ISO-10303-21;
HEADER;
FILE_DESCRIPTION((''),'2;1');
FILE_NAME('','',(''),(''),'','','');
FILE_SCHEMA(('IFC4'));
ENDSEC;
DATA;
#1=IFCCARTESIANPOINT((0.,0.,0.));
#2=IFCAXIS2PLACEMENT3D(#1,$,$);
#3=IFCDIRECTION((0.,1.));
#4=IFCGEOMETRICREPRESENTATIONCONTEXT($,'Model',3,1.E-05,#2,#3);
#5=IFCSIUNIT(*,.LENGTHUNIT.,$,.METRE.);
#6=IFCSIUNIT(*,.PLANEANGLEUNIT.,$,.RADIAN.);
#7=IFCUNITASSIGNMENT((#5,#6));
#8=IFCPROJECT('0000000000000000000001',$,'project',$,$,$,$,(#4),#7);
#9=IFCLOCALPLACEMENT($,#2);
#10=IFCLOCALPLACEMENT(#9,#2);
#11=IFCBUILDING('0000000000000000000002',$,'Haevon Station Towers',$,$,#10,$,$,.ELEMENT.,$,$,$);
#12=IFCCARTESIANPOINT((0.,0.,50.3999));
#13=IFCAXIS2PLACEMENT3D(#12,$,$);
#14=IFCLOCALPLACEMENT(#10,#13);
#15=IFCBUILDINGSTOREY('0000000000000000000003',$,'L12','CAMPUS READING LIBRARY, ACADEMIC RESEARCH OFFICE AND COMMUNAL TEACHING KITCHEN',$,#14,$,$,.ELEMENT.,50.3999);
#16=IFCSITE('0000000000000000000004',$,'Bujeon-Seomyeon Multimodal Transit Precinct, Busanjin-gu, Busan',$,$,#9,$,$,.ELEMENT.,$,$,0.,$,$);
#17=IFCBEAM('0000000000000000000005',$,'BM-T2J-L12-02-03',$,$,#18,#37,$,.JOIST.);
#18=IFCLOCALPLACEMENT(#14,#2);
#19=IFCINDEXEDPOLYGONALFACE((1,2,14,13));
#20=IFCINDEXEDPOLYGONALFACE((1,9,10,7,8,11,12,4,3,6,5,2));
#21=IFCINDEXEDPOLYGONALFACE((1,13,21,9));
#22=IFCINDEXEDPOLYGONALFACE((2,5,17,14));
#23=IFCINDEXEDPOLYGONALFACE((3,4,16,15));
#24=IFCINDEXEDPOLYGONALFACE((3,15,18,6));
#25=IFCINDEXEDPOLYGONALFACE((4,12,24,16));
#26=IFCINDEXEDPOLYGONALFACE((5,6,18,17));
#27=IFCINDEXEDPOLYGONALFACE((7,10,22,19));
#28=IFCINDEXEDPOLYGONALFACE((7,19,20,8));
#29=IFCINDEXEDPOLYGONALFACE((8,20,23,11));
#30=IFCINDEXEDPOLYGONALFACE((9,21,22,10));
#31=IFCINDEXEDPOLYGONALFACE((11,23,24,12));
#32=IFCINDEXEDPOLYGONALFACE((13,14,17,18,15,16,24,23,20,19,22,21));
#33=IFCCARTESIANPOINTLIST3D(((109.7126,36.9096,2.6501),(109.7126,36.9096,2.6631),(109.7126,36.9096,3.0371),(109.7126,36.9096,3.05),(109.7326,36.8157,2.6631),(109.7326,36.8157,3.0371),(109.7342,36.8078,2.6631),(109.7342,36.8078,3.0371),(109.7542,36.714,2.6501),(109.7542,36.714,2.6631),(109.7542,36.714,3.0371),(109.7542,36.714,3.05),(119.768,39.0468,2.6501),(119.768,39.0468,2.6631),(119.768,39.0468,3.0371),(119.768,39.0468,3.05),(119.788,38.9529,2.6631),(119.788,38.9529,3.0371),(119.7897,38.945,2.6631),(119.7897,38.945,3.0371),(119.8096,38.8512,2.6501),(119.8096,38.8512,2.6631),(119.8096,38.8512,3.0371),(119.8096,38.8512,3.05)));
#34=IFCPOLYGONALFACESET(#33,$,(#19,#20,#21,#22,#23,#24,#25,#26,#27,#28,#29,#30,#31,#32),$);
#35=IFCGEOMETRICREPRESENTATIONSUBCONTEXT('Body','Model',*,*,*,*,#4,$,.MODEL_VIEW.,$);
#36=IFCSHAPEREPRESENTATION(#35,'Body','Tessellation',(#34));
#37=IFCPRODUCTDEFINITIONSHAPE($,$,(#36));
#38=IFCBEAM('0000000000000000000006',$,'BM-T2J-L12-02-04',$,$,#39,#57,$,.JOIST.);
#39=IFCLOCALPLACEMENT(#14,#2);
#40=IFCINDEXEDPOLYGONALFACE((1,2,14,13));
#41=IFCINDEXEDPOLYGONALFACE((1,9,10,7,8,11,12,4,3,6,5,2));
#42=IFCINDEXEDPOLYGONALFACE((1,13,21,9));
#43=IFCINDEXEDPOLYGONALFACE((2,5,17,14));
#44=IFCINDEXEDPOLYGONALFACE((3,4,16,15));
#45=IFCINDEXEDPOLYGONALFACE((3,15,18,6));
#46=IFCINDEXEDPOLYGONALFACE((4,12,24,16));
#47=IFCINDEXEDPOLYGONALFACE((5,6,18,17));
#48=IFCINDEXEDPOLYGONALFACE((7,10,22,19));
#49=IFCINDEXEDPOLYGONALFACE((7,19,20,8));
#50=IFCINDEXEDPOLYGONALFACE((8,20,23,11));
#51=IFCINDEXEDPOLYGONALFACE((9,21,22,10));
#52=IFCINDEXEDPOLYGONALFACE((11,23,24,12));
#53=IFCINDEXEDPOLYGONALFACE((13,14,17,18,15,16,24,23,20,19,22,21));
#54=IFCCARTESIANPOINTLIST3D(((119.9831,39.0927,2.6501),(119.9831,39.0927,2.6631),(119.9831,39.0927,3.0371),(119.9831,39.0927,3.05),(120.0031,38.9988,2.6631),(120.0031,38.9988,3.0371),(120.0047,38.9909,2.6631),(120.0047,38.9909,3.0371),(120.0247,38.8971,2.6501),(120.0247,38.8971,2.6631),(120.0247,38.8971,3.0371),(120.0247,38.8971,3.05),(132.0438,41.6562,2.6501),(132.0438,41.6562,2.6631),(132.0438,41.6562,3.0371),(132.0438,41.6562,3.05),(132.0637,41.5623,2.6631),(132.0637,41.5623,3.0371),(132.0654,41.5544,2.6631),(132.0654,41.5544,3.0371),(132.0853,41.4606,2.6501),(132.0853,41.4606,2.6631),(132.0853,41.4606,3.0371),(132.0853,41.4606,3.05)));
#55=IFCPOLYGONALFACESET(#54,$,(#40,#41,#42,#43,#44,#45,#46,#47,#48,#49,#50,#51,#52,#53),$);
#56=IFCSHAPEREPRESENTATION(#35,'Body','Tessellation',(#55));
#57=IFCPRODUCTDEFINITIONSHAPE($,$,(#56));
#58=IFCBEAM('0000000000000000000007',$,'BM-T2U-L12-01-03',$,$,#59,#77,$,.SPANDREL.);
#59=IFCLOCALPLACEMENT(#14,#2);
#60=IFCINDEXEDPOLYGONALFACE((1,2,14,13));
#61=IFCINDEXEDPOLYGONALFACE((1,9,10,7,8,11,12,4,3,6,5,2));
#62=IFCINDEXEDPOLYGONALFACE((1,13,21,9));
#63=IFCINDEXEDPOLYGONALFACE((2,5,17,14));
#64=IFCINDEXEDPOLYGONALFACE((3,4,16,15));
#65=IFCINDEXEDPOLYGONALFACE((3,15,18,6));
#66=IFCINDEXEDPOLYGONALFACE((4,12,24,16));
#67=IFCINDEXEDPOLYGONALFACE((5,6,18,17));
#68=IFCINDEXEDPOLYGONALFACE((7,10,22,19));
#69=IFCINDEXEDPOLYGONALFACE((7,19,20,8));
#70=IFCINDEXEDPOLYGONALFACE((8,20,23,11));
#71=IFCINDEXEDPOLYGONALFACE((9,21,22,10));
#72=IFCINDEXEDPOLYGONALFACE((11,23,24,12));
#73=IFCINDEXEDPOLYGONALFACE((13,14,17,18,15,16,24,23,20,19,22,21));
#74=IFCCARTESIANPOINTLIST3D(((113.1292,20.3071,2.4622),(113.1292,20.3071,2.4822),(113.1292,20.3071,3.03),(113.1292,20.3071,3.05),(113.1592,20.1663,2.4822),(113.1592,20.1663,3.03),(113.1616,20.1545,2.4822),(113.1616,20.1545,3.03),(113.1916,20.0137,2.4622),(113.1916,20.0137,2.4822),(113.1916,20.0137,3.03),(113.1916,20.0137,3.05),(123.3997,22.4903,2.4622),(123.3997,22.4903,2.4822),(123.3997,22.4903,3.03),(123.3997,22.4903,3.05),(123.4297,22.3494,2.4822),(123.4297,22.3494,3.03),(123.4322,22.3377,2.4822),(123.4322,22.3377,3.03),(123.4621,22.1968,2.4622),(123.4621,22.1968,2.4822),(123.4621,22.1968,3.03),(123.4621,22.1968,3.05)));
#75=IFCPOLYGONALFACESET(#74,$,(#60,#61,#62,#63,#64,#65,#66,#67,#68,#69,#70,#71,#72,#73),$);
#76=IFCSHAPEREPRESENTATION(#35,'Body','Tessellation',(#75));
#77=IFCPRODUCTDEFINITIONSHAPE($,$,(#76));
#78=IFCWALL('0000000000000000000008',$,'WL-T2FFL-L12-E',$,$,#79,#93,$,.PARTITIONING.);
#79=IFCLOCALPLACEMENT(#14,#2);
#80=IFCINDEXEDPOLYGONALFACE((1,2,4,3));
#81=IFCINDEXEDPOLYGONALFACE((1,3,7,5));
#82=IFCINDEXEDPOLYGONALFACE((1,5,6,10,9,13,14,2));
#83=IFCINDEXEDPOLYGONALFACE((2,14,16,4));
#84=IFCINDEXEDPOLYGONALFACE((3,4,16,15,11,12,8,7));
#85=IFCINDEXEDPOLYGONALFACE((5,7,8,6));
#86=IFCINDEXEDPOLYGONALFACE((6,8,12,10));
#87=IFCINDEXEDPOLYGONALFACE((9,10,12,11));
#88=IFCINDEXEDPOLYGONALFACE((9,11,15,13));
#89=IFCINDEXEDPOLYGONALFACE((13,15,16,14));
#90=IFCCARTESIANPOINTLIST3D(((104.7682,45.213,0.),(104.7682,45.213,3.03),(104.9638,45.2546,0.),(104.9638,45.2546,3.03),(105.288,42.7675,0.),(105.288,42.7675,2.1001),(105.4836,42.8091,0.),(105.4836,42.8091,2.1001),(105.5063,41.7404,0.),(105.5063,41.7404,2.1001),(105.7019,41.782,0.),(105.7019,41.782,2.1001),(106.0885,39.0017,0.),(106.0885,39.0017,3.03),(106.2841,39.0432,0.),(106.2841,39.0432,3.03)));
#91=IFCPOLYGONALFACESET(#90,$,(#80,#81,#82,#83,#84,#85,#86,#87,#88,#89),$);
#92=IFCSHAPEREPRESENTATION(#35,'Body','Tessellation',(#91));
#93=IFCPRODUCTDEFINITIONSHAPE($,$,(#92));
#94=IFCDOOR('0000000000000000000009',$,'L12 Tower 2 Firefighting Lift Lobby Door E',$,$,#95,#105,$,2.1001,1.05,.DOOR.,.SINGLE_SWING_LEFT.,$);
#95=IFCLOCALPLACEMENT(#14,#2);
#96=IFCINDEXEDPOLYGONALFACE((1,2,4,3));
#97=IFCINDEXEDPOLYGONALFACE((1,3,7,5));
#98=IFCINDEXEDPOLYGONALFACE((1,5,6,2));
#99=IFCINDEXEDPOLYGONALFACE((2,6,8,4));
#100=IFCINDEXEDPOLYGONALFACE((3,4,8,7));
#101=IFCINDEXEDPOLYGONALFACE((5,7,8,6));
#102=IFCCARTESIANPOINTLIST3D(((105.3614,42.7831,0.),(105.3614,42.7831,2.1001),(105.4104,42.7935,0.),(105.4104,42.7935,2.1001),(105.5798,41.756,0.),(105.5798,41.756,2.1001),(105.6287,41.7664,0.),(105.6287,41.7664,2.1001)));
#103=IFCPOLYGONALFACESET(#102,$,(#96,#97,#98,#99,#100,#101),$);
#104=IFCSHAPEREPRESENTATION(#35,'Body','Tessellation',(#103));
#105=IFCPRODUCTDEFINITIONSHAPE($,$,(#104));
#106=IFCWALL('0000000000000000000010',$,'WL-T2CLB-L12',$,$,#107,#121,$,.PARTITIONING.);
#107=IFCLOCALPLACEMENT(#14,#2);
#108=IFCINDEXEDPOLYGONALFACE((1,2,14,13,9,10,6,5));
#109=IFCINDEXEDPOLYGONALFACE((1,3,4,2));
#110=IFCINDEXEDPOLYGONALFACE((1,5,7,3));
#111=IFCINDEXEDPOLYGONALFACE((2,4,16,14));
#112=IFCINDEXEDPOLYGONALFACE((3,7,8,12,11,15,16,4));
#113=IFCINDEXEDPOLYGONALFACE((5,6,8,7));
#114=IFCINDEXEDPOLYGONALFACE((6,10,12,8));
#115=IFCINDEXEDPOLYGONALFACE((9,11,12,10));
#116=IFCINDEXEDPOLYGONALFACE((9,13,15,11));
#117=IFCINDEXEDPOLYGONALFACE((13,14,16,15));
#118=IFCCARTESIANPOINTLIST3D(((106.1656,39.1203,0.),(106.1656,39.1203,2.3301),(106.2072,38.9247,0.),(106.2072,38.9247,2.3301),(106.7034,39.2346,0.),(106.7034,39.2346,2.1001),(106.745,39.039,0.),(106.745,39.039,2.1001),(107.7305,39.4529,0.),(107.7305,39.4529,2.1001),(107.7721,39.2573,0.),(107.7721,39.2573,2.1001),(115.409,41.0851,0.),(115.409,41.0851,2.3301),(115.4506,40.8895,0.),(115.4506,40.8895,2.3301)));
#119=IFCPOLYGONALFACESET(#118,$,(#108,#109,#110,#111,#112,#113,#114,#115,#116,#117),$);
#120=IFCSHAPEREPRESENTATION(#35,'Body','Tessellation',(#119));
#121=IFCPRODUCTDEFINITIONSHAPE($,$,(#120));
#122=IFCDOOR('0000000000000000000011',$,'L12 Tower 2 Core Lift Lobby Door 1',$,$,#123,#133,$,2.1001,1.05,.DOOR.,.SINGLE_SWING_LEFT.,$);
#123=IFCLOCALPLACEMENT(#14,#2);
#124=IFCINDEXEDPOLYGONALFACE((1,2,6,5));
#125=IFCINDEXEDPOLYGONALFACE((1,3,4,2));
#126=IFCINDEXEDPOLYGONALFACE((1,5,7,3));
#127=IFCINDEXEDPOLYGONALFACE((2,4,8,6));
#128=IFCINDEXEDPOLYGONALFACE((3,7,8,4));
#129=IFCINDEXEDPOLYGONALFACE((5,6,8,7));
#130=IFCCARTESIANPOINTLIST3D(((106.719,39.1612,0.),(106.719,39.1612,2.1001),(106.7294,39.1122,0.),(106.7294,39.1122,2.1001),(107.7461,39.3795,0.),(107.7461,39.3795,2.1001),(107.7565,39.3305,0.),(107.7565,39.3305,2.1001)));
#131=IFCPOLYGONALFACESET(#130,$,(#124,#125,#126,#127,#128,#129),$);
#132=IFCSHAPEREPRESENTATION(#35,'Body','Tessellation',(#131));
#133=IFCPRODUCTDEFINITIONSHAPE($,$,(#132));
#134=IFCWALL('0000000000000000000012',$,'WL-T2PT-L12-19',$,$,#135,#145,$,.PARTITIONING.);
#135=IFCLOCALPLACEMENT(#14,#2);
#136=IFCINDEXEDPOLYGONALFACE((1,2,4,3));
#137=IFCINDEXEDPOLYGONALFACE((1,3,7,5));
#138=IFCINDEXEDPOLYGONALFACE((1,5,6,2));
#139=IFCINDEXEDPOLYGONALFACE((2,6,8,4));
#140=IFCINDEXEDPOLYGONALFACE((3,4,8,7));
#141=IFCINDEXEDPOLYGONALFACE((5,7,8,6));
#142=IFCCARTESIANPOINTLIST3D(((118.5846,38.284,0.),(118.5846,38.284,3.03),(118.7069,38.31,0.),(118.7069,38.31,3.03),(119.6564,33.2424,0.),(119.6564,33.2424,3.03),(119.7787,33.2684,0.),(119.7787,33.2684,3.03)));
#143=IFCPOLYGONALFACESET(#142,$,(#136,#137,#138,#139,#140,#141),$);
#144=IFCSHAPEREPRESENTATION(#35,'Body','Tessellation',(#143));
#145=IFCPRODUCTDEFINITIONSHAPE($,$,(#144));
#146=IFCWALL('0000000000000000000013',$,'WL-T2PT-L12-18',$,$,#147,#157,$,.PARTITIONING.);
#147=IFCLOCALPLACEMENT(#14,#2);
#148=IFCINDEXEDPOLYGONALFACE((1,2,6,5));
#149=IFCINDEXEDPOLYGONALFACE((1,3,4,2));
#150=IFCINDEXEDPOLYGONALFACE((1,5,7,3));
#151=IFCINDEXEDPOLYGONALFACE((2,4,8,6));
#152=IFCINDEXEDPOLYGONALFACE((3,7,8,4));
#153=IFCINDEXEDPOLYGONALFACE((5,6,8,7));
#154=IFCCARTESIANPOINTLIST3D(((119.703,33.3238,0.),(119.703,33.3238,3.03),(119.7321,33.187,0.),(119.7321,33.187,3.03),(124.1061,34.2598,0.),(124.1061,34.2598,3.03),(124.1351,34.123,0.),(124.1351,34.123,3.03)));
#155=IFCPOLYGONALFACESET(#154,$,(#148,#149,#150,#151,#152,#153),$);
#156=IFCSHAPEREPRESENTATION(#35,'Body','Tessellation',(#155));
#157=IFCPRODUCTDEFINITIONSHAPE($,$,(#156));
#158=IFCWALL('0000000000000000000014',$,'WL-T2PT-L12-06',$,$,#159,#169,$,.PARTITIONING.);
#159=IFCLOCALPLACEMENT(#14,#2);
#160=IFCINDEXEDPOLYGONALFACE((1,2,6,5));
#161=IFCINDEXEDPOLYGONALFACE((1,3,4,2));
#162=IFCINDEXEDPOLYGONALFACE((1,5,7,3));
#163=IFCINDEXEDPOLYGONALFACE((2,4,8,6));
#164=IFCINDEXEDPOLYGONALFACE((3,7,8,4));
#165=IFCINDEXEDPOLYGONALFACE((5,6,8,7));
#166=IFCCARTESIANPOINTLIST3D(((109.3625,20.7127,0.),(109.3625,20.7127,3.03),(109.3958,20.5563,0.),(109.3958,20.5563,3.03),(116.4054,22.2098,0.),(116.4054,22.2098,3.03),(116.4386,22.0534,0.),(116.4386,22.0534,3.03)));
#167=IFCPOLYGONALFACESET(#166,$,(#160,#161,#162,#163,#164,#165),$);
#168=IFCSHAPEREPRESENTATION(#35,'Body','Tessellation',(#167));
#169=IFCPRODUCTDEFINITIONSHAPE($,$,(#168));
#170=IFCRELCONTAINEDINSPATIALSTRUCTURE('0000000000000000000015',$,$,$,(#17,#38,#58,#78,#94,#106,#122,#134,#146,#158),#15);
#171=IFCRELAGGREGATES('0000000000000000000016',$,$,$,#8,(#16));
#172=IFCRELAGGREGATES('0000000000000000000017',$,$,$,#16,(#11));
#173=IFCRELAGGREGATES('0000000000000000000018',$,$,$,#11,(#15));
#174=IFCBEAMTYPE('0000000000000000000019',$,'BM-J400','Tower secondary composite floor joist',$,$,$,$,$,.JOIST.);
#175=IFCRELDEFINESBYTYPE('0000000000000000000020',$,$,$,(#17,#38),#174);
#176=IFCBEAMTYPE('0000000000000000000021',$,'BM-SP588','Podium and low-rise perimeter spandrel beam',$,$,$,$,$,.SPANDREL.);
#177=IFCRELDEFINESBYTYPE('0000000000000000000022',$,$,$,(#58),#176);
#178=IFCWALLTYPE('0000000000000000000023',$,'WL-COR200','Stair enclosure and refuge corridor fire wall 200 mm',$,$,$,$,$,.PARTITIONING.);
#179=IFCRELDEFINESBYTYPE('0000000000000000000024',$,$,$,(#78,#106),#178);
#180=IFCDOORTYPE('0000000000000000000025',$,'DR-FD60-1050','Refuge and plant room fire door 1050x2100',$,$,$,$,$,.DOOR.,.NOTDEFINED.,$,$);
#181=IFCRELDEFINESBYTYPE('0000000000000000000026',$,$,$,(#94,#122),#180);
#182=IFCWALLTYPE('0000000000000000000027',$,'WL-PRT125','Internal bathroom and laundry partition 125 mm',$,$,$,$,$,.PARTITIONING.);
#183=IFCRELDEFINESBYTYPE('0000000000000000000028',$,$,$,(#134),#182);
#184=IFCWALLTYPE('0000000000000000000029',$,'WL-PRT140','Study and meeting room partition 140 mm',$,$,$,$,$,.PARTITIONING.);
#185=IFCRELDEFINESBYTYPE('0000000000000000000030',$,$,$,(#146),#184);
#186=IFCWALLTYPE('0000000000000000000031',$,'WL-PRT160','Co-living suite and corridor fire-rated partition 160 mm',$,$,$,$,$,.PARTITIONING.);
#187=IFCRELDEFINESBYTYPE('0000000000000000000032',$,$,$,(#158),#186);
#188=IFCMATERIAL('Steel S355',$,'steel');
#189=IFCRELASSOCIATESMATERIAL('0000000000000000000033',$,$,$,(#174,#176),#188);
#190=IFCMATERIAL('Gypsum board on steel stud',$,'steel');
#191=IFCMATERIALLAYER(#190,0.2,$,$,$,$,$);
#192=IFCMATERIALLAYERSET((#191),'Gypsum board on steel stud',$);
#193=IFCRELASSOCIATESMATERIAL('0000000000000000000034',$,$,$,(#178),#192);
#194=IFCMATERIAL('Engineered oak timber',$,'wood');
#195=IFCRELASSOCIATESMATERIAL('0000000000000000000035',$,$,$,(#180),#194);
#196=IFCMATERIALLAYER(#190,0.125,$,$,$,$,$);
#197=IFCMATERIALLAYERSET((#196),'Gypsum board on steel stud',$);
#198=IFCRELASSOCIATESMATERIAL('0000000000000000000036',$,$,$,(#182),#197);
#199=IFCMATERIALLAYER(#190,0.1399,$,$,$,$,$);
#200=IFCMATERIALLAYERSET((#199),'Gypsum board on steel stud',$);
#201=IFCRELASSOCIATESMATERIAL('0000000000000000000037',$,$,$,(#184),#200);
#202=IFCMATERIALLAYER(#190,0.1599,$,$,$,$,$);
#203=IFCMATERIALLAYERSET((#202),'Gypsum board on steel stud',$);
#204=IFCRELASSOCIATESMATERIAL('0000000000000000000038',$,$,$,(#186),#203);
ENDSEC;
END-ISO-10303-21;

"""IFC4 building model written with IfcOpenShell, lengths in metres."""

from ifc_helpers import new_model, si_unit, direction, frame, frame_2d, origin, origin_2d, place, context, subcontext, project, spatial, rectangle, i_section, extrude, material, layer, layer_set, material_profile, profile_set, type_object, element, fill, save


model = new_model("IFC4")

# Units and contexts
model_context = context("Model", 3, precision=1e-05, world=origin(), true_north=direction((0.0, 1.0)))
body_context = subcontext(model_context, "Body", "Model", "MODEL_VIEW")
ifc_project = project(units=[si_unit("LENGTHUNIT", "METRE"), si_unit("PLANEANGLEUNIT", "RADIAN")], contexts=[model_context])

# Site, building, storey
site_placement = place(None, origin())
site = spatial("IfcSite", under=ifc_project, at=site_placement, Name="Bujeon-Seomyeon Multimodal Transit Precinct, Busanjin-gu, Busan", CompositionType="ELEMENT", RefElevation=0.0)
building_placement = place(site_placement, origin())
building = spatial("IfcBuilding", under=site, at=building_placement, Name="Haevon Station Towers", CompositionType="ELEMENT")
storey_placement = place(building_placement, frame((0.0, 0.0, 50.3999)))
storey = spatial("IfcBuildingStorey", under=building, at=storey_placement, Name="L12", Description="CAMPUS READING LIBRARY, ACADEMIC RESEARCH OFFICE AND COMMUNAL TEACHING KITCHEN", CompositionType="ELEMENT", Elevation=50.3999)

# Beams
ifc_material_1 = material(Name="Steel S355", Category="steel")
ifc_material_profile_1 = material_profile(ifc_material_1, i_section(OverallWidth=0.2, OverallDepth=0.3999, WebThickness=0.0081, FlangeThickness=0.0129, at=origin_2d()), Name="H-400x200x8x13")
ifc_profile_set_1 = profile_set([ifc_material_profile_1], Name="Steel S355")
beam_type_1 = type_object("IfcBeamType", Name="BM-J400", Description="Tower secondary composite floor joist", PredefinedType="JOIST", material=ifc_profile_set_1)
beam_1_placement = place(storey_placement, frame((109.7334, 36.8118, 2.8501), z_axis=(0.97815, 0.207899, 0.0), x_axis=(-0.207899, 0.97815, 0.0)))
element("IfcBeam", 1, at=beam_1_placement, inside=storey, type_object=beam_type_1, Name="BM-T2J-L12-02-03", PredefinedType="JOIST", context=body_context, shape_type="SweptSolid", body=[
    extrude(i_section(OverallWidth=0.2, OverallDepth=0.3999, WebThickness=0.0081, FlangeThickness=0.0129, at=origin_2d()), origin(), (0.0, 0.0, 1.0), 10.28),
])
beam_2_placement = place(storey_placement, frame((120.0039, 38.9949, 2.8501), z_axis=(0.978149, 0.207906, 0.0), x_axis=(-0.207906, 0.978149, 0.0)))
element("IfcBeam", 2, at=beam_2_placement, inside=storey, type_object=beam_type_1, Name="BM-T2J-L12-02-04", PredefinedType="JOIST", context=body_context, shape_type="SweptSolid", body=[
    extrude(i_section(OverallWidth=0.2, OverallDepth=0.3999, WebThickness=0.0081, FlangeThickness=0.0129, at=origin_2d()), origin(), (0.0, 0.0, 1.0), 12.3301),
])
ifc_material_profile_2 = material_profile(ifc_material_1, i_section(OverallWidth=0.3, OverallDepth=0.5879, WebThickness=0.012, FlangeThickness=0.02, at=origin_2d()), Name="H-588x300x12x20")
ifc_profile_set_2 = profile_set([ifc_material_profile_2], Name="Steel S355")
beam_type_2 = type_object("IfcBeamType", Name="BM-SP588", Description="Podium and low-rise perimeter spandrel beam", PredefinedType="SPANDREL", material=ifc_profile_set_2)
beam_3_placement = place(storey_placement, frame((113.1604, 20.1604, 2.7561), z_axis=(0.978147, 0.207915, 0.0), x_axis=(-0.207915, 0.978147, 0.0)))
element("IfcBeam", 3, at=beam_3_placement, inside=storey, type_object=beam_type_2, Name="BM-T2U-L12-01-03", PredefinedType="SPANDREL", context=body_context, shape_type="SweptSolid", body=[
    extrude(i_section(OverallWidth=0.3, OverallDepth=0.5879, WebThickness=0.012, FlangeThickness=0.02, at=origin_2d()), origin(), (0.0, 0.0, 1.0), 10.5),
])

# Walls, openings, doors
ifc_material_2 = material(Name="Gypsum board on steel stud", Category="steel")
ifc_layer_1 = layer(ifc_material_2, 0.2)
ifc_layer_set_1 = layer_set([ifc_layer_1], Name="Gypsum board on steel stud")
wall_type_1 = type_object("IfcWallType", Name="WL-COR200", Description="Stair enclosure and refuge corridor fire wall 200 mm", PredefinedType="PARTITIONING", material=ifc_layer_set_1)
wall_1_placement = place(storey_placement, frame((106.1863, 39.0225, 0.0), z_axis=(0.0, 0.0, 1.0), x_axis=(-0.207917, 0.978147, 0.0)))
wall_1 = element("IfcWall", 4, at=wall_1_placement, inside=storey, type_object=wall_type_1, Name="WL-T2FFL-L12-E", PredefinedType="PARTITIONING", context=body_context, shape_type="SweptSolid", body=[
    extrude(rectangle(XDim=6.3501, YDim=0.2, at=frame_2d((3.175, 0.0))), origin(), (0.0, 0.0, 1.0), 3.03),
])
opening_1_placement = place(wall_1_placement, frame((2.8, 0.0, 0.0)))
opening_1 = element("IfcOpeningElement", 5, at=opening_1_placement, cuts=wall_1, PredefinedType="OPENING", context=body_context, shape_type="SweptSolid", body=[
    extrude(rectangle(XDim=1.05, YDim=2.1001, at=frame_2d((0.5249, 1.05))), frame((0.0, 0.1099, 0.0), z_axis=(0.0, -1.0, 0.0), x_axis=(1.0, 0.0, 0.0)), (0.0, 0.0, 1.0), 0.22),
])
ifc_material_3 = material(Name="Engineered oak timber", Category="wood")
door_type = type_object("IfcDoorType", Name="DR-FD60-1050", Description="Refuge and plant room fire door 1050x2100", OperationType="NOTDEFINED", PredefinedType="DOOR", material=ifc_material_3)
door_1_placement = place(opening_1_placement, origin())
door_1 = element("IfcDoor", 6, at=door_1_placement, inside=storey, type_object=door_type, Name="L12 Tower 2 Firefighting Lift Lobby Door E", OperationType="SINGLE_SWING_LEFT", OverallHeight=2.1001, OverallWidth=1.05, PredefinedType="DOOR", context=body_context, shape_type="SweptSolid", body=[
    extrude(rectangle(XDim=1.05, YDim=2.1001, at=frame_2d((0.5249, 1.05))), frame((0.0, 0.0249, 0.0), z_axis=(0.0, -1.0, 0.0), x_axis=(1.0, 0.0, 0.0)), (0.0, 0.0, 1.0), 0.05),
])
fill(opening_1, door_1)
wall_2_placement = place(storey_placement, frame((106.1863, 39.0225, 0.0), z_axis=(0.0, 0.0, 1.0), x_axis=(0.978146, 0.207921, 0.0)))
wall_2 = element("IfcWall", 7, at=wall_2_placement, inside=storey, type_object=wall_type_1, Name="WL-T2CLB-L12", PredefinedType="PARTITIONING", context=body_context, shape_type="SweptSolid", body=[
    extrude(rectangle(XDim=9.45, YDim=0.2, at=frame_2d((4.7251, 0.0))), origin(), (0.0, 0.0, 1.0), 2.3301),
])
opening_2_placement = place(wall_2_placement, frame((0.55, 0.0, 0.0)))
opening_2 = element("IfcOpeningElement", 8, at=opening_2_placement, cuts=wall_2, PredefinedType="OPENING", context=body_context, shape_type="SweptSolid", body=[
    extrude(rectangle(XDim=1.05, YDim=2.1001, at=frame_2d((0.5249, 1.05))), frame((0.0, 0.1099, 0.0), z_axis=(0.0, -1.0, 0.0), x_axis=(1.0, 0.0, 0.0)), (0.0, 0.0, 1.0), 0.22),
])
door_2_placement = place(opening_2_placement, origin())
door_2 = element("IfcDoor", 9, at=door_2_placement, inside=storey, type_object=door_type, Name="L12 Tower 2 Core Lift Lobby Door 1", OperationType="SINGLE_SWING_LEFT", OverallHeight=2.1001, OverallWidth=1.05, PredefinedType="DOOR", context=body_context, shape_type="SweptSolid", body=[
    extrude(rectangle(XDim=1.05, YDim=2.1001, at=frame_2d((0.5249, 1.05))), frame((0.0, 0.0249, 0.0), z_axis=(0.0, -1.0, 0.0), x_axis=(1.0, 0.0, 0.0)), (0.0, 0.0, 1.0), 0.05),
])
fill(opening_2, door_2)

# Walls
ifc_layer_2 = layer(ifc_material_2, 0.125)
ifc_layer_set_2 = layer_set([ifc_layer_2], Name="Gypsum board on steel stud")
wall_type_2 = type_object("IfcWallType", Name="WL-PRT125", Description="Internal bathroom and laundry partition 125 mm", PredefinedType="PARTITIONING", material=ifc_layer_set_2)
wall_3_placement = place(storey_placement, frame((119.7175, 33.2554, 0.0), z_axis=(0.0, 0.0, 1.0), x_axis=(-0.207934, 0.978143, 0.0)))
element("IfcWall", 10, at=wall_3_placement, inside=storey, type_object=wall_type_2, Name="WL-T2PT-L12-19", PredefinedType="PARTITIONING", context=body_context, shape_type="SweptSolid", body=[
    extrude(rectangle(XDim=5.1543, YDim=0.125, at=frame_2d((2.5771, 0.0))), origin(), (0.0, 0.0, 1.0), 3.03),
])
ifc_layer_3 = layer(ifc_material_2, 0.1399)
ifc_layer_set_3 = layer_set([ifc_layer_3], Name="Gypsum board on steel stud")
wall_type_3 = type_object("IfcWallType", Name="WL-PRT140", Description="Study and meeting room partition 140 mm", PredefinedType="PARTITIONING", material=ifc_layer_set_3)
wall_4_placement = place(storey_placement, frame((119.7175, 33.2554, 0.0), z_axis=(0.0, 0.0, 1.0), x_axis=(0.978142, 0.20794, 0.0)))
element("IfcWall", 11, at=wall_4_placement, inside=storey, type_object=wall_type_3, Name="WL-T2PT-L12-18", PredefinedType="PARTITIONING", context=body_context, shape_type="SweptSolid", body=[
    extrude(rectangle(XDim=4.5015, YDim=0.1399, at=frame_2d((2.2507, 0.0))), origin(), (0.0, 0.0, 1.0), 3.03),
])
ifc_layer_4 = layer(ifc_material_2, 0.1599)
ifc_layer_set_4 = layer_set([ifc_layer_4], Name="Gypsum board on steel stud")
wall_type_4 = type_object("IfcWallType", Name="WL-PRT160", Description="Co-living suite and corridor fire-rated partition 160 mm", PredefinedType="PARTITIONING", material=ifc_layer_set_4)
for number, where, z_axis, x_axis, name in (
    (12, (109.3792, 20.6345, 0.0), (0.0, 0.0, 1.0), (0.978145, 0.207924, 0.0), "WL-T2PT-L12-06"),
):
    element("IfcWall", number, at=place(storey_placement, frame(where, z_axis=z_axis, x_axis=x_axis)), inside=storey, type_object=wall_type_4, Name=name, PredefinedType="PARTITIONING", context=body_context, shape_type="SweptSolid", body=[
        extrude(rectangle(XDim=7.2002, YDim=0.1599, at=frame_2d((3.6001, 0.0))), origin(), (0.0, 0.0, 1.0), 3.03),
    ])

save(model, "model.ifc")
